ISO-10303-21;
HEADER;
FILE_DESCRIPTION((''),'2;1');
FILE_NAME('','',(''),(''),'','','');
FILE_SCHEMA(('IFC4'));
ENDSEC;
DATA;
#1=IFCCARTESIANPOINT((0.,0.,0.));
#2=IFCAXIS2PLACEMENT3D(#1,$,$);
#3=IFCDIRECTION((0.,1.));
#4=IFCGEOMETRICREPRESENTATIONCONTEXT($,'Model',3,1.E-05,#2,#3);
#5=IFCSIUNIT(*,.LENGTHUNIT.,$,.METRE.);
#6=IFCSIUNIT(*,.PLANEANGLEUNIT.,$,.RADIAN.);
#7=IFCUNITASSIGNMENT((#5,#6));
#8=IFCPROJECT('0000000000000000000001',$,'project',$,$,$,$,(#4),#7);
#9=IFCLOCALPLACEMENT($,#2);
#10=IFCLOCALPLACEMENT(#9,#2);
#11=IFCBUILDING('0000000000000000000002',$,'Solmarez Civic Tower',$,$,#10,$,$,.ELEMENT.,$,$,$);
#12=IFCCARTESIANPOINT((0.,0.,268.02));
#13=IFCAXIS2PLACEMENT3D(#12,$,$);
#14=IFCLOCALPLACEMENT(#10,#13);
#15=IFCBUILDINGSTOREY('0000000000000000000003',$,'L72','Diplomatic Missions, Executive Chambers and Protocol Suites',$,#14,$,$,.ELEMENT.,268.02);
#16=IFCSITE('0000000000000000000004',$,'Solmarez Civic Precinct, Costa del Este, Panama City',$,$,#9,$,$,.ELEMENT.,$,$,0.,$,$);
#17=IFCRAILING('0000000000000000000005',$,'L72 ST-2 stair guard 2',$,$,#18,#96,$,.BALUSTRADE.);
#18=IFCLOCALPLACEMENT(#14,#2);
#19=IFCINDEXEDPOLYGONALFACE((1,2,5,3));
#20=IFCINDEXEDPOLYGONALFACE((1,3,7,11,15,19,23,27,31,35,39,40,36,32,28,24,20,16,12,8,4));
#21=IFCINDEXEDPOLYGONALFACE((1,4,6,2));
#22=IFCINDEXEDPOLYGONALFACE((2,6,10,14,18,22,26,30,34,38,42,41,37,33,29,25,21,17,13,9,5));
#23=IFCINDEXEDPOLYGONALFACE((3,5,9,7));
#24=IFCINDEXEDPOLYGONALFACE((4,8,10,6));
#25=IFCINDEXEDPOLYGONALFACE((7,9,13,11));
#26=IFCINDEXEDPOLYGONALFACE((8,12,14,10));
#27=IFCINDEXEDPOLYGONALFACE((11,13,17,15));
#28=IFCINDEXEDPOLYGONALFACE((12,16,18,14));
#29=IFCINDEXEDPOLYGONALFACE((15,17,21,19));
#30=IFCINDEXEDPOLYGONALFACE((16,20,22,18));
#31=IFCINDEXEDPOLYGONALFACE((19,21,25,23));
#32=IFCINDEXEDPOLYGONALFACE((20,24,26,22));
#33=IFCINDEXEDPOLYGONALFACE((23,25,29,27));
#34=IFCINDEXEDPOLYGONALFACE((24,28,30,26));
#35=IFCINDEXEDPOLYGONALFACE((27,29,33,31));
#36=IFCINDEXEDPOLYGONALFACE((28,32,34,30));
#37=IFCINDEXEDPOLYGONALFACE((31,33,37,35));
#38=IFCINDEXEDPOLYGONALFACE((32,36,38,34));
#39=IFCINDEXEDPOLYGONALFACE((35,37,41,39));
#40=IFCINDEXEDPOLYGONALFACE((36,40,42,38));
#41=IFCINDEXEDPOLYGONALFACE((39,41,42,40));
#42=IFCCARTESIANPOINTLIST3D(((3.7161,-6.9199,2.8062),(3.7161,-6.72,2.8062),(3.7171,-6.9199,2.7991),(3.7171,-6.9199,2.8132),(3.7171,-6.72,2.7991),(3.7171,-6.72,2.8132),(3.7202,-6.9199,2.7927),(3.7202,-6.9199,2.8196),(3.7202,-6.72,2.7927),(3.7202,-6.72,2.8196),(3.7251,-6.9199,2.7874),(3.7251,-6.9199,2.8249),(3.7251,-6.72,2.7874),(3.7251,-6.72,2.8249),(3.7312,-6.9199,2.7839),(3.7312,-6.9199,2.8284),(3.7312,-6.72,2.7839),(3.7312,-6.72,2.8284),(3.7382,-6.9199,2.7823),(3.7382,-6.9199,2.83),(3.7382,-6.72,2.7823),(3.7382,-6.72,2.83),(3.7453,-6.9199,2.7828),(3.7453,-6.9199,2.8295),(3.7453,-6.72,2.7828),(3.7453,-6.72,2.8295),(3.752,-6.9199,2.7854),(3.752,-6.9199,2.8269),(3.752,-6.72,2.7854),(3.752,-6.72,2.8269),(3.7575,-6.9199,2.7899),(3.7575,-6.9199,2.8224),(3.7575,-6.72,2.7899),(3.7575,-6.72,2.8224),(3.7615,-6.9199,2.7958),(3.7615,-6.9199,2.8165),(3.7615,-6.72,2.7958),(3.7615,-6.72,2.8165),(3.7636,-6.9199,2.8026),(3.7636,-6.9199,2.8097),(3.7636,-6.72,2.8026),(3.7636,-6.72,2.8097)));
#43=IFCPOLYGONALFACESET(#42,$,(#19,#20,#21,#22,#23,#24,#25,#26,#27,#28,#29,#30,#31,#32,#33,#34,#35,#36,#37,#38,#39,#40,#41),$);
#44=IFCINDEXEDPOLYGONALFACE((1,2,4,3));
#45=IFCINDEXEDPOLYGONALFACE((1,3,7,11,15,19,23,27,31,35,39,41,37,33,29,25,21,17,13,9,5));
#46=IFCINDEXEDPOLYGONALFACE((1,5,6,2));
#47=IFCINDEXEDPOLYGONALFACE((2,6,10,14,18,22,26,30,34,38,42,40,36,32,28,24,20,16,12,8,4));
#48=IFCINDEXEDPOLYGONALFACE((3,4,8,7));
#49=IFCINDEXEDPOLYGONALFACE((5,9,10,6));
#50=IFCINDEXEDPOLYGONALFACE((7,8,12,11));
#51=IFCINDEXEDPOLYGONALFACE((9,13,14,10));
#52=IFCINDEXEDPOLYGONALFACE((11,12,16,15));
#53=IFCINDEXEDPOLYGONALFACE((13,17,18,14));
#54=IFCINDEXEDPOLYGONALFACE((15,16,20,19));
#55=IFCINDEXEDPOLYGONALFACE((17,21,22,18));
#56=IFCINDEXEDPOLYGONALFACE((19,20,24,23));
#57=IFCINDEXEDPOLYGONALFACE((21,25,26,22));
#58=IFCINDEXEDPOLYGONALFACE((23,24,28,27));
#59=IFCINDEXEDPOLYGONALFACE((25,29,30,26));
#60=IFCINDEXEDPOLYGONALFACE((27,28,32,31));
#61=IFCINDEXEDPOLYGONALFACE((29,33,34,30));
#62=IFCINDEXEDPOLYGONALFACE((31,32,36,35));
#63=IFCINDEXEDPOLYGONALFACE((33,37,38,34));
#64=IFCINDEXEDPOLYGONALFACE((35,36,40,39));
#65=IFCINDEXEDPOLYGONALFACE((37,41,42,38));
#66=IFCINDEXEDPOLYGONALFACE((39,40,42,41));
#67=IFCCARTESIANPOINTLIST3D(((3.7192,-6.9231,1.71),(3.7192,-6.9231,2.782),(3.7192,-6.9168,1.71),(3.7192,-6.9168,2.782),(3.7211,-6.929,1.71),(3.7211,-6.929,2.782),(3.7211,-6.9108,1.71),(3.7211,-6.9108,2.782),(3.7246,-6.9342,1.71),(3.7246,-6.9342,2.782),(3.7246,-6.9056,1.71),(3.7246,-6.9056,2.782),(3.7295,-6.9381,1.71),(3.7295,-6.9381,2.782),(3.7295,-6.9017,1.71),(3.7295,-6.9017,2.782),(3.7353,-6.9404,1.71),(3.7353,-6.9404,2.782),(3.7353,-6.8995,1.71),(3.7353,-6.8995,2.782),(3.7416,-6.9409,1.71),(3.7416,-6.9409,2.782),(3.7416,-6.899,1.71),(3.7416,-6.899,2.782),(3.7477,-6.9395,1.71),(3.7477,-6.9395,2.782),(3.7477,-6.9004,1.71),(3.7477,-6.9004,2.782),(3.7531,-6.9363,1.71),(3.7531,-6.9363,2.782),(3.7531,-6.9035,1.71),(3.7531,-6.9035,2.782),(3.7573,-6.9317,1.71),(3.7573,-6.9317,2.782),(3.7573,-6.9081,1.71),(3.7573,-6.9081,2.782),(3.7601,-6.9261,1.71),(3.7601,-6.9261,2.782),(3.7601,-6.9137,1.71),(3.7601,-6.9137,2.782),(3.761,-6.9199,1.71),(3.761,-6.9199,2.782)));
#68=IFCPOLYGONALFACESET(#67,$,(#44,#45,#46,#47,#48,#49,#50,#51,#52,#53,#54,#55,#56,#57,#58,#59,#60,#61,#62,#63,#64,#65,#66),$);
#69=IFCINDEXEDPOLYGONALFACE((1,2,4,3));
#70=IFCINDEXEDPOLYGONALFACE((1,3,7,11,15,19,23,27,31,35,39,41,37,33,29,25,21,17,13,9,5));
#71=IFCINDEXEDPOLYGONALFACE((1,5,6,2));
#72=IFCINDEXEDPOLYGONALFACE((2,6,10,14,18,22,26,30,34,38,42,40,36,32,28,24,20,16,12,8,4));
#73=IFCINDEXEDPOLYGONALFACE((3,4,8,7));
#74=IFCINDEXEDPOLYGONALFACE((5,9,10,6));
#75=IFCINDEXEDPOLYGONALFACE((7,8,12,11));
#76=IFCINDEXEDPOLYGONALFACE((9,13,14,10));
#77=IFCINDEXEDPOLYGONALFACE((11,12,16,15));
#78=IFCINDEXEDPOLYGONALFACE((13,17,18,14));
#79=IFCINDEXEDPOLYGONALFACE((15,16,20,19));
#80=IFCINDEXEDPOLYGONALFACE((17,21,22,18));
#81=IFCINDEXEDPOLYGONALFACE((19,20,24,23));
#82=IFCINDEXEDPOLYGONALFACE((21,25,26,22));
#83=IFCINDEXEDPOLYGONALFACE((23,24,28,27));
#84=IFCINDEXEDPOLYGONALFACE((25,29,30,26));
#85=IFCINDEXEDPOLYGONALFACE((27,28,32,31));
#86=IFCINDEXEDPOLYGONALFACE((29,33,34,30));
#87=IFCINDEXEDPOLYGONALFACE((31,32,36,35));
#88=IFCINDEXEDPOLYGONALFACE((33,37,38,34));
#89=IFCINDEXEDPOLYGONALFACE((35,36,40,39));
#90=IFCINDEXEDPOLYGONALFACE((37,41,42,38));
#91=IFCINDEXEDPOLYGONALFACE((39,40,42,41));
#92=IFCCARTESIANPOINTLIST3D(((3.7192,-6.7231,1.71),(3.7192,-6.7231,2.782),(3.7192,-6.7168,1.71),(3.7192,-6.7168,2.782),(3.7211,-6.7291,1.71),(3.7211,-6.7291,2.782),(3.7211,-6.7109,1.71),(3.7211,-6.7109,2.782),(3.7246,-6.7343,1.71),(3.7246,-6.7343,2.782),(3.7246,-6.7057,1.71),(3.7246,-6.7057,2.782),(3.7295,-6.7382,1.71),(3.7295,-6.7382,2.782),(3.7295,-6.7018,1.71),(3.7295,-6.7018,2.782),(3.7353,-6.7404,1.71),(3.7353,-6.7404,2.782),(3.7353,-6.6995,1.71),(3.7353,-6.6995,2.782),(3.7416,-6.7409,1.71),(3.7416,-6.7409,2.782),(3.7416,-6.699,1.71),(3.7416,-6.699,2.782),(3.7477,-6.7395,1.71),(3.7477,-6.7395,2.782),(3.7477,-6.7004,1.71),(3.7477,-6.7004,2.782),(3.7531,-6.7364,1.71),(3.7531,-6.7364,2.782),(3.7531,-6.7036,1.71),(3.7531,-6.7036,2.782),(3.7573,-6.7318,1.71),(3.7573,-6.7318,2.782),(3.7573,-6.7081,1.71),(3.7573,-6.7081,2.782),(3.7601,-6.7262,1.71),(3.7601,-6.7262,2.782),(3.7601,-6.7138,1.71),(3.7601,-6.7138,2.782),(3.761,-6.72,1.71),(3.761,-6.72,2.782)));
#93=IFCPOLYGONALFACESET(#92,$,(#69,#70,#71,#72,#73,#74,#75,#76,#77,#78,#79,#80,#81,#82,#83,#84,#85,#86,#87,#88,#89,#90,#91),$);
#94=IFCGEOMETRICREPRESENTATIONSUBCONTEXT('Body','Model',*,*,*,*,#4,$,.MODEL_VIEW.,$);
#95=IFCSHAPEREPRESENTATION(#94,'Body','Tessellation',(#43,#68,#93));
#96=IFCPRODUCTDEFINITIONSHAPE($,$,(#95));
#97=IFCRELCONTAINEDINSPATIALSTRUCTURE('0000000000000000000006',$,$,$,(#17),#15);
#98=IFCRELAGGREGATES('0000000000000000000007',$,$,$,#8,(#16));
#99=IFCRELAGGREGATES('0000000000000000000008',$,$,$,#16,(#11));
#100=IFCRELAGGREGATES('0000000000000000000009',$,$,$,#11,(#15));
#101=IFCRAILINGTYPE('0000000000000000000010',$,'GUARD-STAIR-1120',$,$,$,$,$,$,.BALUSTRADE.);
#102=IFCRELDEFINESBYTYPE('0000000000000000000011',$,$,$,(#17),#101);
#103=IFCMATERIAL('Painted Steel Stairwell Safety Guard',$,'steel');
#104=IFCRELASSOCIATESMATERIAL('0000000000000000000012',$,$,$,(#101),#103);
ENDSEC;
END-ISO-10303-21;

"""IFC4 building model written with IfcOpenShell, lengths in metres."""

from ifc_helpers import new_model, si_unit, direction, frame, origin, origin_2d, place, context, subcontext, project, spatial, circle, extrude, material, type_object, element, save


model = new_model("IFC4")

# Units and contexts
model_context = context("Model", 3, precision=1e-05, world=origin(), true_north=direction((0.0, 1.0)))
body_context = subcontext(model_context, "Body", "Model", "MODEL_VIEW")
ifc_project = project(units=[si_unit("LENGTHUNIT", "METRE"), si_unit("PLANEANGLEUNIT", "RADIAN")], contexts=[model_context])

# Site, building, storey
site_placement = place(None, origin())
site = spatial("IfcSite", under=ifc_project, at=site_placement, Name="Solmarez Civic Precinct, Costa del Este, Panama City", CompositionType="ELEMENT", RefElevation=0.0)
building_placement = place(site_placement, origin())
building = spatial("IfcBuilding", under=site, at=building_placement, Name="Solmarez Civic Tower", CompositionType="ELEMENT")
storey_placement = place(building_placement, frame((0.0, 0.0, 268.02)))
storey = spatial("IfcBuildingStorey", under=building, at=storey_placement, Name="L72", Description="Diplomatic Missions, Executive Chambers and Protocol Suites", CompositionType="ELEMENT", Elevation=268.02)

# Railing
ifc_material_1 = material(Name="Painted Steel Stairwell Safety Guard", Category="steel")
railing_type_1 = type_object("IfcRailingType", Name="GUARD-STAIR-1120", PredefinedType="BALUSTRADE", material=ifc_material_1)
railing_1_placement = place(storey_placement, frame((3.74, -6.9199, 1.71)))
element("IfcRailing", 1, at=railing_1_placement, inside=storey, type_object=railing_type_1, Name="L72 ST-2 stair guard 2", PredefinedType="BALUSTRADE", context=body_context, shape_type="SweptSolid", body=[
    extrude(circle(Radius=0.0239, at=origin_2d()), frame((0.0, 0.0, 1.0962), z_axis=(0.0, 1.0, 0.0), x_axis=(-1.0, 0.0, 0.0)), (0.0, 0.0, 1.0), 0.2),
    extrude(circle(Radius=0.021, at=origin_2d()), origin(), (0.0, 0.0, 1.0), 1.072),
    extrude(circle(Radius=0.021, at=origin_2d()), frame((0.0, 0.2, 0.0)), (0.0, 0.0, 1.0), 1.072),
])

save(model, "model.ifc")
